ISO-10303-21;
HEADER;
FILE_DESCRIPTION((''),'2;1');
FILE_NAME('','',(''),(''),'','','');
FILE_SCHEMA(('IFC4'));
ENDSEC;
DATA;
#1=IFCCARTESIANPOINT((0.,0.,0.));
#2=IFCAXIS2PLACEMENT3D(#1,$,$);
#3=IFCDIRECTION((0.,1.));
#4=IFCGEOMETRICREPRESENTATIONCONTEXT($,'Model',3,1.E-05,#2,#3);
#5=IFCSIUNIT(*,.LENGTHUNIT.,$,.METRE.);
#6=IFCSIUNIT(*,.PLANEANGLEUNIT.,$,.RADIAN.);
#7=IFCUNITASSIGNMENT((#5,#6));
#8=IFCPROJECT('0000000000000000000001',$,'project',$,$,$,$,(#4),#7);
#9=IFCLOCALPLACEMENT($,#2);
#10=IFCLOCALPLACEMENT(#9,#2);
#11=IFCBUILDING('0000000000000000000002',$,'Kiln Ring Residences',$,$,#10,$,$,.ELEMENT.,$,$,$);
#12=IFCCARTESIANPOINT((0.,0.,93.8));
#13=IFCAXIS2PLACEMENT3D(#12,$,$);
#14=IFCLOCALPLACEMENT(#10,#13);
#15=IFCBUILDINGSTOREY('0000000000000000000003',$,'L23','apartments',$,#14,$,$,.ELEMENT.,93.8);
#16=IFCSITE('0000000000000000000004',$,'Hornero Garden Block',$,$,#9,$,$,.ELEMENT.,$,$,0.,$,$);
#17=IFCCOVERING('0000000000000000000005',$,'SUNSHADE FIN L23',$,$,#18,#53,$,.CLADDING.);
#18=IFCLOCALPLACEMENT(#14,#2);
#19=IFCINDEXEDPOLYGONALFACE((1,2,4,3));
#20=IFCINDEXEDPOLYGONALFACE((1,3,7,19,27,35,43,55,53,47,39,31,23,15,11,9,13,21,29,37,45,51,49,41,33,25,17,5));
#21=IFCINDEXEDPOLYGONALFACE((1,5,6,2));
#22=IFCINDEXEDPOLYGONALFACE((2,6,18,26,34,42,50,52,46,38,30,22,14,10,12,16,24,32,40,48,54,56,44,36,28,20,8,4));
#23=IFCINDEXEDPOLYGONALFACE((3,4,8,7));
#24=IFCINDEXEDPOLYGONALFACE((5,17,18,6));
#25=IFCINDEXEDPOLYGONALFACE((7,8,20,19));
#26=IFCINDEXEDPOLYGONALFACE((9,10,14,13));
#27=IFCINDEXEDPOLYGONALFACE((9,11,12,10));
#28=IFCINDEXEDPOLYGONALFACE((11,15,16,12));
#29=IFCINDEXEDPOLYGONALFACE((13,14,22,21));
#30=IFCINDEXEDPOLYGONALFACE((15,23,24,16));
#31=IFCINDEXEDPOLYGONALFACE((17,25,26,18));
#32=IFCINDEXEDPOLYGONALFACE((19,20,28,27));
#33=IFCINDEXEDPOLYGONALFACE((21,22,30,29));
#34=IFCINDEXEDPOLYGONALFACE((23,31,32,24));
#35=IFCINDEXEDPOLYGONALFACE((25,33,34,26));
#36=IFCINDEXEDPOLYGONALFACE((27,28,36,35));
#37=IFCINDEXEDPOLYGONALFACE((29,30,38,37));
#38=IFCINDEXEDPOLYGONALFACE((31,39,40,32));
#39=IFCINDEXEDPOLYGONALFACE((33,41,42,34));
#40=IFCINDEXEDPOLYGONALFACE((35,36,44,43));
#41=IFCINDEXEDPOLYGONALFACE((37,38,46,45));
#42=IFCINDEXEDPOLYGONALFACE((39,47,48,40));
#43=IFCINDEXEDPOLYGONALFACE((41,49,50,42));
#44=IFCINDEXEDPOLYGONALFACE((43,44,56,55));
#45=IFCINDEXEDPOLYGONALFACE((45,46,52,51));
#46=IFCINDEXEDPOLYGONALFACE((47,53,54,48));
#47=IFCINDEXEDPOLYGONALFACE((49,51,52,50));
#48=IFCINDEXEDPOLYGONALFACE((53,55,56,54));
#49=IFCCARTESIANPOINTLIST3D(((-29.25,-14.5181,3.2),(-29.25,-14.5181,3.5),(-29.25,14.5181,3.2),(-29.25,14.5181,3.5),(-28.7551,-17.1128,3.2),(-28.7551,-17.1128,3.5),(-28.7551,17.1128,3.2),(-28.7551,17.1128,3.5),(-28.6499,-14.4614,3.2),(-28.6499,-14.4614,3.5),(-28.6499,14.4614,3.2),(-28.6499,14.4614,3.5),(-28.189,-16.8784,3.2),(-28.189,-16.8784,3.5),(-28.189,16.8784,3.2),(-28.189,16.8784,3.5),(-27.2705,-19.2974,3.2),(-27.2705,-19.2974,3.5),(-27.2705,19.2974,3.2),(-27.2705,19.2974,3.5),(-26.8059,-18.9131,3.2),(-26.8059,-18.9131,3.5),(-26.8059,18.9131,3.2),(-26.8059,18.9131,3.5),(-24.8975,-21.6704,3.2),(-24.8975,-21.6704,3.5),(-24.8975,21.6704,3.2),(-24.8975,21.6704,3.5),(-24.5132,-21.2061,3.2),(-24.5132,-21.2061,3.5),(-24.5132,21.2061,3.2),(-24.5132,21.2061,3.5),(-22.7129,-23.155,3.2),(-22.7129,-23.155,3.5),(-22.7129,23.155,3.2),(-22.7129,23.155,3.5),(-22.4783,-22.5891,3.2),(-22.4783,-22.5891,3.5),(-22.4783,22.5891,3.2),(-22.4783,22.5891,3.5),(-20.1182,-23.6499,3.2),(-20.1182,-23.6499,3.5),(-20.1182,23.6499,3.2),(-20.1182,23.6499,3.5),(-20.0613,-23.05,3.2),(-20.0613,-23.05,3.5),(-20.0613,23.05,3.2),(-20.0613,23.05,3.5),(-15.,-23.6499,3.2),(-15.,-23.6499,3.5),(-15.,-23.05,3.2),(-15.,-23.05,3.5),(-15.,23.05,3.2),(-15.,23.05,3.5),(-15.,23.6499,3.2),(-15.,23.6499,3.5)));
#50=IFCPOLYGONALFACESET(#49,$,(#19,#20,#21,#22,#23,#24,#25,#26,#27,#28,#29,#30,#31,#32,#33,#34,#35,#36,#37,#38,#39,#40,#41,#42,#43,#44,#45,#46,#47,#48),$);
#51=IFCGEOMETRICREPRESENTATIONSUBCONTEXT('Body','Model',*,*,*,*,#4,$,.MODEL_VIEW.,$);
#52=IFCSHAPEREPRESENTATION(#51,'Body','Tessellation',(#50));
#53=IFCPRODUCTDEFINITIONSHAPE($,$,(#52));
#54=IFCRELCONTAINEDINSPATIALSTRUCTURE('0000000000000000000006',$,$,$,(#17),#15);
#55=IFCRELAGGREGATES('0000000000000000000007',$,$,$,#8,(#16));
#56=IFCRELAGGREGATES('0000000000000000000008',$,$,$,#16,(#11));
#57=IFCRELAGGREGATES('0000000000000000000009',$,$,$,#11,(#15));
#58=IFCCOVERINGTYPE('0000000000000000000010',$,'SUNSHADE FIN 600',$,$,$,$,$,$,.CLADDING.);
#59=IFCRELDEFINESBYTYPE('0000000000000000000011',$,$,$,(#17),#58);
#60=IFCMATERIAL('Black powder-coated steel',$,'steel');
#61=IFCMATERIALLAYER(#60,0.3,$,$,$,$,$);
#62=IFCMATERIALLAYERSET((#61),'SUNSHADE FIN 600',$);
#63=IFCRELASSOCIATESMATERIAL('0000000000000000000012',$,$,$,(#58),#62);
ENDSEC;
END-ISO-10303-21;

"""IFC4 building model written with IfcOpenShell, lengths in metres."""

from ifc_helpers import new_model, si_unit, direction, frame, origin, place, context, subcontext, project, spatial, polyline, outline, extrude, material, layer, layer_set, type_object, element, save


model = new_model("IFC4")

# Units and contexts
model_context = context("Model", 3, precision=1e-05, world=origin(), true_north=direction((0.0, 1.0)))
body_context = subcontext(model_context, "Body", "Model", "MODEL_VIEW")
ifc_project = project(units=[si_unit("LENGTHUNIT", "METRE"), si_unit("PLANEANGLEUNIT", "RADIAN")], contexts=[model_context])

# Site, building, storey
site_placement = place(None, origin())
site = spatial("IfcSite", under=ifc_project, at=site_placement, Name="Hornero Garden Block", CompositionType="ELEMENT", RefElevation=0.0)
building_placement = place(site_placement, origin())
building = spatial("IfcBuilding", under=site, at=building_placement, Name="Kiln Ring Residences", CompositionType="ELEMENT")
storey_placement = place(building_placement, frame((0.0, 0.0, 93.8)))
storey = spatial("IfcBuildingStorey", under=building, at=storey_placement, Name="L23", Description="apartments", CompositionType="ELEMENT", Elevation=93.8)

# Covering
ifc_material_1 = material(Name="Black powder-coated steel", Category="steel")
ifc_layer_1 = layer(ifc_material_1, 0.3)
ifc_layer_set_1 = layer_set([ifc_layer_1], Name="SUNSHADE FIN 600")
covering_type = type_object("IfcCoveringType", Name="SUNSHADE FIN 600", PredefinedType="CLADDING", material=ifc_layer_set_1)
covering_placement = place(storey_placement, frame((0.0, 0.0, 3.2)))
element("IfcCovering", 1, at=covering_placement, inside=storey, type_object=covering_type, Name="SUNSHADE FIN L23", PredefinedType="CLADDING", context=body_context, shape_type="SweptSolid", body=[
    extrude(outline(polyline([(-29.25, -14.5181), (-28.7551, -17.1128), (-27.2705, -19.2974), (-24.8975, -21.6704), (-22.7129, -23.155), (-20.1182, -23.6499), (-15.0, -23.6499), (-15.0, -23.05), (-20.0613, -23.05), (-22.4783, -22.5891), (-24.5132, -21.2061), (-26.8059, -18.9131), (-28.189, -16.8784), (-28.6499, -14.4614), (-28.6499, 14.4614), (-28.189, 16.8784), (-26.8059, 18.9131), (-24.5132, 21.2061), (-22.4783, 22.5891), (-20.0613, 23.05), (-15.0, 23.05), (-15.0, 23.6499), (-20.1182, 23.6499), (-22.7129, 23.155), (-24.8975, 21.6704), (-27.2705, 19.2974), (-28.7551, 17.1128), (-29.25, 14.5181), (-29.25, -14.5181)])), origin(), (0.0, 0.0, 1.0), 0.3),
])

save(model, "model.ifc")
